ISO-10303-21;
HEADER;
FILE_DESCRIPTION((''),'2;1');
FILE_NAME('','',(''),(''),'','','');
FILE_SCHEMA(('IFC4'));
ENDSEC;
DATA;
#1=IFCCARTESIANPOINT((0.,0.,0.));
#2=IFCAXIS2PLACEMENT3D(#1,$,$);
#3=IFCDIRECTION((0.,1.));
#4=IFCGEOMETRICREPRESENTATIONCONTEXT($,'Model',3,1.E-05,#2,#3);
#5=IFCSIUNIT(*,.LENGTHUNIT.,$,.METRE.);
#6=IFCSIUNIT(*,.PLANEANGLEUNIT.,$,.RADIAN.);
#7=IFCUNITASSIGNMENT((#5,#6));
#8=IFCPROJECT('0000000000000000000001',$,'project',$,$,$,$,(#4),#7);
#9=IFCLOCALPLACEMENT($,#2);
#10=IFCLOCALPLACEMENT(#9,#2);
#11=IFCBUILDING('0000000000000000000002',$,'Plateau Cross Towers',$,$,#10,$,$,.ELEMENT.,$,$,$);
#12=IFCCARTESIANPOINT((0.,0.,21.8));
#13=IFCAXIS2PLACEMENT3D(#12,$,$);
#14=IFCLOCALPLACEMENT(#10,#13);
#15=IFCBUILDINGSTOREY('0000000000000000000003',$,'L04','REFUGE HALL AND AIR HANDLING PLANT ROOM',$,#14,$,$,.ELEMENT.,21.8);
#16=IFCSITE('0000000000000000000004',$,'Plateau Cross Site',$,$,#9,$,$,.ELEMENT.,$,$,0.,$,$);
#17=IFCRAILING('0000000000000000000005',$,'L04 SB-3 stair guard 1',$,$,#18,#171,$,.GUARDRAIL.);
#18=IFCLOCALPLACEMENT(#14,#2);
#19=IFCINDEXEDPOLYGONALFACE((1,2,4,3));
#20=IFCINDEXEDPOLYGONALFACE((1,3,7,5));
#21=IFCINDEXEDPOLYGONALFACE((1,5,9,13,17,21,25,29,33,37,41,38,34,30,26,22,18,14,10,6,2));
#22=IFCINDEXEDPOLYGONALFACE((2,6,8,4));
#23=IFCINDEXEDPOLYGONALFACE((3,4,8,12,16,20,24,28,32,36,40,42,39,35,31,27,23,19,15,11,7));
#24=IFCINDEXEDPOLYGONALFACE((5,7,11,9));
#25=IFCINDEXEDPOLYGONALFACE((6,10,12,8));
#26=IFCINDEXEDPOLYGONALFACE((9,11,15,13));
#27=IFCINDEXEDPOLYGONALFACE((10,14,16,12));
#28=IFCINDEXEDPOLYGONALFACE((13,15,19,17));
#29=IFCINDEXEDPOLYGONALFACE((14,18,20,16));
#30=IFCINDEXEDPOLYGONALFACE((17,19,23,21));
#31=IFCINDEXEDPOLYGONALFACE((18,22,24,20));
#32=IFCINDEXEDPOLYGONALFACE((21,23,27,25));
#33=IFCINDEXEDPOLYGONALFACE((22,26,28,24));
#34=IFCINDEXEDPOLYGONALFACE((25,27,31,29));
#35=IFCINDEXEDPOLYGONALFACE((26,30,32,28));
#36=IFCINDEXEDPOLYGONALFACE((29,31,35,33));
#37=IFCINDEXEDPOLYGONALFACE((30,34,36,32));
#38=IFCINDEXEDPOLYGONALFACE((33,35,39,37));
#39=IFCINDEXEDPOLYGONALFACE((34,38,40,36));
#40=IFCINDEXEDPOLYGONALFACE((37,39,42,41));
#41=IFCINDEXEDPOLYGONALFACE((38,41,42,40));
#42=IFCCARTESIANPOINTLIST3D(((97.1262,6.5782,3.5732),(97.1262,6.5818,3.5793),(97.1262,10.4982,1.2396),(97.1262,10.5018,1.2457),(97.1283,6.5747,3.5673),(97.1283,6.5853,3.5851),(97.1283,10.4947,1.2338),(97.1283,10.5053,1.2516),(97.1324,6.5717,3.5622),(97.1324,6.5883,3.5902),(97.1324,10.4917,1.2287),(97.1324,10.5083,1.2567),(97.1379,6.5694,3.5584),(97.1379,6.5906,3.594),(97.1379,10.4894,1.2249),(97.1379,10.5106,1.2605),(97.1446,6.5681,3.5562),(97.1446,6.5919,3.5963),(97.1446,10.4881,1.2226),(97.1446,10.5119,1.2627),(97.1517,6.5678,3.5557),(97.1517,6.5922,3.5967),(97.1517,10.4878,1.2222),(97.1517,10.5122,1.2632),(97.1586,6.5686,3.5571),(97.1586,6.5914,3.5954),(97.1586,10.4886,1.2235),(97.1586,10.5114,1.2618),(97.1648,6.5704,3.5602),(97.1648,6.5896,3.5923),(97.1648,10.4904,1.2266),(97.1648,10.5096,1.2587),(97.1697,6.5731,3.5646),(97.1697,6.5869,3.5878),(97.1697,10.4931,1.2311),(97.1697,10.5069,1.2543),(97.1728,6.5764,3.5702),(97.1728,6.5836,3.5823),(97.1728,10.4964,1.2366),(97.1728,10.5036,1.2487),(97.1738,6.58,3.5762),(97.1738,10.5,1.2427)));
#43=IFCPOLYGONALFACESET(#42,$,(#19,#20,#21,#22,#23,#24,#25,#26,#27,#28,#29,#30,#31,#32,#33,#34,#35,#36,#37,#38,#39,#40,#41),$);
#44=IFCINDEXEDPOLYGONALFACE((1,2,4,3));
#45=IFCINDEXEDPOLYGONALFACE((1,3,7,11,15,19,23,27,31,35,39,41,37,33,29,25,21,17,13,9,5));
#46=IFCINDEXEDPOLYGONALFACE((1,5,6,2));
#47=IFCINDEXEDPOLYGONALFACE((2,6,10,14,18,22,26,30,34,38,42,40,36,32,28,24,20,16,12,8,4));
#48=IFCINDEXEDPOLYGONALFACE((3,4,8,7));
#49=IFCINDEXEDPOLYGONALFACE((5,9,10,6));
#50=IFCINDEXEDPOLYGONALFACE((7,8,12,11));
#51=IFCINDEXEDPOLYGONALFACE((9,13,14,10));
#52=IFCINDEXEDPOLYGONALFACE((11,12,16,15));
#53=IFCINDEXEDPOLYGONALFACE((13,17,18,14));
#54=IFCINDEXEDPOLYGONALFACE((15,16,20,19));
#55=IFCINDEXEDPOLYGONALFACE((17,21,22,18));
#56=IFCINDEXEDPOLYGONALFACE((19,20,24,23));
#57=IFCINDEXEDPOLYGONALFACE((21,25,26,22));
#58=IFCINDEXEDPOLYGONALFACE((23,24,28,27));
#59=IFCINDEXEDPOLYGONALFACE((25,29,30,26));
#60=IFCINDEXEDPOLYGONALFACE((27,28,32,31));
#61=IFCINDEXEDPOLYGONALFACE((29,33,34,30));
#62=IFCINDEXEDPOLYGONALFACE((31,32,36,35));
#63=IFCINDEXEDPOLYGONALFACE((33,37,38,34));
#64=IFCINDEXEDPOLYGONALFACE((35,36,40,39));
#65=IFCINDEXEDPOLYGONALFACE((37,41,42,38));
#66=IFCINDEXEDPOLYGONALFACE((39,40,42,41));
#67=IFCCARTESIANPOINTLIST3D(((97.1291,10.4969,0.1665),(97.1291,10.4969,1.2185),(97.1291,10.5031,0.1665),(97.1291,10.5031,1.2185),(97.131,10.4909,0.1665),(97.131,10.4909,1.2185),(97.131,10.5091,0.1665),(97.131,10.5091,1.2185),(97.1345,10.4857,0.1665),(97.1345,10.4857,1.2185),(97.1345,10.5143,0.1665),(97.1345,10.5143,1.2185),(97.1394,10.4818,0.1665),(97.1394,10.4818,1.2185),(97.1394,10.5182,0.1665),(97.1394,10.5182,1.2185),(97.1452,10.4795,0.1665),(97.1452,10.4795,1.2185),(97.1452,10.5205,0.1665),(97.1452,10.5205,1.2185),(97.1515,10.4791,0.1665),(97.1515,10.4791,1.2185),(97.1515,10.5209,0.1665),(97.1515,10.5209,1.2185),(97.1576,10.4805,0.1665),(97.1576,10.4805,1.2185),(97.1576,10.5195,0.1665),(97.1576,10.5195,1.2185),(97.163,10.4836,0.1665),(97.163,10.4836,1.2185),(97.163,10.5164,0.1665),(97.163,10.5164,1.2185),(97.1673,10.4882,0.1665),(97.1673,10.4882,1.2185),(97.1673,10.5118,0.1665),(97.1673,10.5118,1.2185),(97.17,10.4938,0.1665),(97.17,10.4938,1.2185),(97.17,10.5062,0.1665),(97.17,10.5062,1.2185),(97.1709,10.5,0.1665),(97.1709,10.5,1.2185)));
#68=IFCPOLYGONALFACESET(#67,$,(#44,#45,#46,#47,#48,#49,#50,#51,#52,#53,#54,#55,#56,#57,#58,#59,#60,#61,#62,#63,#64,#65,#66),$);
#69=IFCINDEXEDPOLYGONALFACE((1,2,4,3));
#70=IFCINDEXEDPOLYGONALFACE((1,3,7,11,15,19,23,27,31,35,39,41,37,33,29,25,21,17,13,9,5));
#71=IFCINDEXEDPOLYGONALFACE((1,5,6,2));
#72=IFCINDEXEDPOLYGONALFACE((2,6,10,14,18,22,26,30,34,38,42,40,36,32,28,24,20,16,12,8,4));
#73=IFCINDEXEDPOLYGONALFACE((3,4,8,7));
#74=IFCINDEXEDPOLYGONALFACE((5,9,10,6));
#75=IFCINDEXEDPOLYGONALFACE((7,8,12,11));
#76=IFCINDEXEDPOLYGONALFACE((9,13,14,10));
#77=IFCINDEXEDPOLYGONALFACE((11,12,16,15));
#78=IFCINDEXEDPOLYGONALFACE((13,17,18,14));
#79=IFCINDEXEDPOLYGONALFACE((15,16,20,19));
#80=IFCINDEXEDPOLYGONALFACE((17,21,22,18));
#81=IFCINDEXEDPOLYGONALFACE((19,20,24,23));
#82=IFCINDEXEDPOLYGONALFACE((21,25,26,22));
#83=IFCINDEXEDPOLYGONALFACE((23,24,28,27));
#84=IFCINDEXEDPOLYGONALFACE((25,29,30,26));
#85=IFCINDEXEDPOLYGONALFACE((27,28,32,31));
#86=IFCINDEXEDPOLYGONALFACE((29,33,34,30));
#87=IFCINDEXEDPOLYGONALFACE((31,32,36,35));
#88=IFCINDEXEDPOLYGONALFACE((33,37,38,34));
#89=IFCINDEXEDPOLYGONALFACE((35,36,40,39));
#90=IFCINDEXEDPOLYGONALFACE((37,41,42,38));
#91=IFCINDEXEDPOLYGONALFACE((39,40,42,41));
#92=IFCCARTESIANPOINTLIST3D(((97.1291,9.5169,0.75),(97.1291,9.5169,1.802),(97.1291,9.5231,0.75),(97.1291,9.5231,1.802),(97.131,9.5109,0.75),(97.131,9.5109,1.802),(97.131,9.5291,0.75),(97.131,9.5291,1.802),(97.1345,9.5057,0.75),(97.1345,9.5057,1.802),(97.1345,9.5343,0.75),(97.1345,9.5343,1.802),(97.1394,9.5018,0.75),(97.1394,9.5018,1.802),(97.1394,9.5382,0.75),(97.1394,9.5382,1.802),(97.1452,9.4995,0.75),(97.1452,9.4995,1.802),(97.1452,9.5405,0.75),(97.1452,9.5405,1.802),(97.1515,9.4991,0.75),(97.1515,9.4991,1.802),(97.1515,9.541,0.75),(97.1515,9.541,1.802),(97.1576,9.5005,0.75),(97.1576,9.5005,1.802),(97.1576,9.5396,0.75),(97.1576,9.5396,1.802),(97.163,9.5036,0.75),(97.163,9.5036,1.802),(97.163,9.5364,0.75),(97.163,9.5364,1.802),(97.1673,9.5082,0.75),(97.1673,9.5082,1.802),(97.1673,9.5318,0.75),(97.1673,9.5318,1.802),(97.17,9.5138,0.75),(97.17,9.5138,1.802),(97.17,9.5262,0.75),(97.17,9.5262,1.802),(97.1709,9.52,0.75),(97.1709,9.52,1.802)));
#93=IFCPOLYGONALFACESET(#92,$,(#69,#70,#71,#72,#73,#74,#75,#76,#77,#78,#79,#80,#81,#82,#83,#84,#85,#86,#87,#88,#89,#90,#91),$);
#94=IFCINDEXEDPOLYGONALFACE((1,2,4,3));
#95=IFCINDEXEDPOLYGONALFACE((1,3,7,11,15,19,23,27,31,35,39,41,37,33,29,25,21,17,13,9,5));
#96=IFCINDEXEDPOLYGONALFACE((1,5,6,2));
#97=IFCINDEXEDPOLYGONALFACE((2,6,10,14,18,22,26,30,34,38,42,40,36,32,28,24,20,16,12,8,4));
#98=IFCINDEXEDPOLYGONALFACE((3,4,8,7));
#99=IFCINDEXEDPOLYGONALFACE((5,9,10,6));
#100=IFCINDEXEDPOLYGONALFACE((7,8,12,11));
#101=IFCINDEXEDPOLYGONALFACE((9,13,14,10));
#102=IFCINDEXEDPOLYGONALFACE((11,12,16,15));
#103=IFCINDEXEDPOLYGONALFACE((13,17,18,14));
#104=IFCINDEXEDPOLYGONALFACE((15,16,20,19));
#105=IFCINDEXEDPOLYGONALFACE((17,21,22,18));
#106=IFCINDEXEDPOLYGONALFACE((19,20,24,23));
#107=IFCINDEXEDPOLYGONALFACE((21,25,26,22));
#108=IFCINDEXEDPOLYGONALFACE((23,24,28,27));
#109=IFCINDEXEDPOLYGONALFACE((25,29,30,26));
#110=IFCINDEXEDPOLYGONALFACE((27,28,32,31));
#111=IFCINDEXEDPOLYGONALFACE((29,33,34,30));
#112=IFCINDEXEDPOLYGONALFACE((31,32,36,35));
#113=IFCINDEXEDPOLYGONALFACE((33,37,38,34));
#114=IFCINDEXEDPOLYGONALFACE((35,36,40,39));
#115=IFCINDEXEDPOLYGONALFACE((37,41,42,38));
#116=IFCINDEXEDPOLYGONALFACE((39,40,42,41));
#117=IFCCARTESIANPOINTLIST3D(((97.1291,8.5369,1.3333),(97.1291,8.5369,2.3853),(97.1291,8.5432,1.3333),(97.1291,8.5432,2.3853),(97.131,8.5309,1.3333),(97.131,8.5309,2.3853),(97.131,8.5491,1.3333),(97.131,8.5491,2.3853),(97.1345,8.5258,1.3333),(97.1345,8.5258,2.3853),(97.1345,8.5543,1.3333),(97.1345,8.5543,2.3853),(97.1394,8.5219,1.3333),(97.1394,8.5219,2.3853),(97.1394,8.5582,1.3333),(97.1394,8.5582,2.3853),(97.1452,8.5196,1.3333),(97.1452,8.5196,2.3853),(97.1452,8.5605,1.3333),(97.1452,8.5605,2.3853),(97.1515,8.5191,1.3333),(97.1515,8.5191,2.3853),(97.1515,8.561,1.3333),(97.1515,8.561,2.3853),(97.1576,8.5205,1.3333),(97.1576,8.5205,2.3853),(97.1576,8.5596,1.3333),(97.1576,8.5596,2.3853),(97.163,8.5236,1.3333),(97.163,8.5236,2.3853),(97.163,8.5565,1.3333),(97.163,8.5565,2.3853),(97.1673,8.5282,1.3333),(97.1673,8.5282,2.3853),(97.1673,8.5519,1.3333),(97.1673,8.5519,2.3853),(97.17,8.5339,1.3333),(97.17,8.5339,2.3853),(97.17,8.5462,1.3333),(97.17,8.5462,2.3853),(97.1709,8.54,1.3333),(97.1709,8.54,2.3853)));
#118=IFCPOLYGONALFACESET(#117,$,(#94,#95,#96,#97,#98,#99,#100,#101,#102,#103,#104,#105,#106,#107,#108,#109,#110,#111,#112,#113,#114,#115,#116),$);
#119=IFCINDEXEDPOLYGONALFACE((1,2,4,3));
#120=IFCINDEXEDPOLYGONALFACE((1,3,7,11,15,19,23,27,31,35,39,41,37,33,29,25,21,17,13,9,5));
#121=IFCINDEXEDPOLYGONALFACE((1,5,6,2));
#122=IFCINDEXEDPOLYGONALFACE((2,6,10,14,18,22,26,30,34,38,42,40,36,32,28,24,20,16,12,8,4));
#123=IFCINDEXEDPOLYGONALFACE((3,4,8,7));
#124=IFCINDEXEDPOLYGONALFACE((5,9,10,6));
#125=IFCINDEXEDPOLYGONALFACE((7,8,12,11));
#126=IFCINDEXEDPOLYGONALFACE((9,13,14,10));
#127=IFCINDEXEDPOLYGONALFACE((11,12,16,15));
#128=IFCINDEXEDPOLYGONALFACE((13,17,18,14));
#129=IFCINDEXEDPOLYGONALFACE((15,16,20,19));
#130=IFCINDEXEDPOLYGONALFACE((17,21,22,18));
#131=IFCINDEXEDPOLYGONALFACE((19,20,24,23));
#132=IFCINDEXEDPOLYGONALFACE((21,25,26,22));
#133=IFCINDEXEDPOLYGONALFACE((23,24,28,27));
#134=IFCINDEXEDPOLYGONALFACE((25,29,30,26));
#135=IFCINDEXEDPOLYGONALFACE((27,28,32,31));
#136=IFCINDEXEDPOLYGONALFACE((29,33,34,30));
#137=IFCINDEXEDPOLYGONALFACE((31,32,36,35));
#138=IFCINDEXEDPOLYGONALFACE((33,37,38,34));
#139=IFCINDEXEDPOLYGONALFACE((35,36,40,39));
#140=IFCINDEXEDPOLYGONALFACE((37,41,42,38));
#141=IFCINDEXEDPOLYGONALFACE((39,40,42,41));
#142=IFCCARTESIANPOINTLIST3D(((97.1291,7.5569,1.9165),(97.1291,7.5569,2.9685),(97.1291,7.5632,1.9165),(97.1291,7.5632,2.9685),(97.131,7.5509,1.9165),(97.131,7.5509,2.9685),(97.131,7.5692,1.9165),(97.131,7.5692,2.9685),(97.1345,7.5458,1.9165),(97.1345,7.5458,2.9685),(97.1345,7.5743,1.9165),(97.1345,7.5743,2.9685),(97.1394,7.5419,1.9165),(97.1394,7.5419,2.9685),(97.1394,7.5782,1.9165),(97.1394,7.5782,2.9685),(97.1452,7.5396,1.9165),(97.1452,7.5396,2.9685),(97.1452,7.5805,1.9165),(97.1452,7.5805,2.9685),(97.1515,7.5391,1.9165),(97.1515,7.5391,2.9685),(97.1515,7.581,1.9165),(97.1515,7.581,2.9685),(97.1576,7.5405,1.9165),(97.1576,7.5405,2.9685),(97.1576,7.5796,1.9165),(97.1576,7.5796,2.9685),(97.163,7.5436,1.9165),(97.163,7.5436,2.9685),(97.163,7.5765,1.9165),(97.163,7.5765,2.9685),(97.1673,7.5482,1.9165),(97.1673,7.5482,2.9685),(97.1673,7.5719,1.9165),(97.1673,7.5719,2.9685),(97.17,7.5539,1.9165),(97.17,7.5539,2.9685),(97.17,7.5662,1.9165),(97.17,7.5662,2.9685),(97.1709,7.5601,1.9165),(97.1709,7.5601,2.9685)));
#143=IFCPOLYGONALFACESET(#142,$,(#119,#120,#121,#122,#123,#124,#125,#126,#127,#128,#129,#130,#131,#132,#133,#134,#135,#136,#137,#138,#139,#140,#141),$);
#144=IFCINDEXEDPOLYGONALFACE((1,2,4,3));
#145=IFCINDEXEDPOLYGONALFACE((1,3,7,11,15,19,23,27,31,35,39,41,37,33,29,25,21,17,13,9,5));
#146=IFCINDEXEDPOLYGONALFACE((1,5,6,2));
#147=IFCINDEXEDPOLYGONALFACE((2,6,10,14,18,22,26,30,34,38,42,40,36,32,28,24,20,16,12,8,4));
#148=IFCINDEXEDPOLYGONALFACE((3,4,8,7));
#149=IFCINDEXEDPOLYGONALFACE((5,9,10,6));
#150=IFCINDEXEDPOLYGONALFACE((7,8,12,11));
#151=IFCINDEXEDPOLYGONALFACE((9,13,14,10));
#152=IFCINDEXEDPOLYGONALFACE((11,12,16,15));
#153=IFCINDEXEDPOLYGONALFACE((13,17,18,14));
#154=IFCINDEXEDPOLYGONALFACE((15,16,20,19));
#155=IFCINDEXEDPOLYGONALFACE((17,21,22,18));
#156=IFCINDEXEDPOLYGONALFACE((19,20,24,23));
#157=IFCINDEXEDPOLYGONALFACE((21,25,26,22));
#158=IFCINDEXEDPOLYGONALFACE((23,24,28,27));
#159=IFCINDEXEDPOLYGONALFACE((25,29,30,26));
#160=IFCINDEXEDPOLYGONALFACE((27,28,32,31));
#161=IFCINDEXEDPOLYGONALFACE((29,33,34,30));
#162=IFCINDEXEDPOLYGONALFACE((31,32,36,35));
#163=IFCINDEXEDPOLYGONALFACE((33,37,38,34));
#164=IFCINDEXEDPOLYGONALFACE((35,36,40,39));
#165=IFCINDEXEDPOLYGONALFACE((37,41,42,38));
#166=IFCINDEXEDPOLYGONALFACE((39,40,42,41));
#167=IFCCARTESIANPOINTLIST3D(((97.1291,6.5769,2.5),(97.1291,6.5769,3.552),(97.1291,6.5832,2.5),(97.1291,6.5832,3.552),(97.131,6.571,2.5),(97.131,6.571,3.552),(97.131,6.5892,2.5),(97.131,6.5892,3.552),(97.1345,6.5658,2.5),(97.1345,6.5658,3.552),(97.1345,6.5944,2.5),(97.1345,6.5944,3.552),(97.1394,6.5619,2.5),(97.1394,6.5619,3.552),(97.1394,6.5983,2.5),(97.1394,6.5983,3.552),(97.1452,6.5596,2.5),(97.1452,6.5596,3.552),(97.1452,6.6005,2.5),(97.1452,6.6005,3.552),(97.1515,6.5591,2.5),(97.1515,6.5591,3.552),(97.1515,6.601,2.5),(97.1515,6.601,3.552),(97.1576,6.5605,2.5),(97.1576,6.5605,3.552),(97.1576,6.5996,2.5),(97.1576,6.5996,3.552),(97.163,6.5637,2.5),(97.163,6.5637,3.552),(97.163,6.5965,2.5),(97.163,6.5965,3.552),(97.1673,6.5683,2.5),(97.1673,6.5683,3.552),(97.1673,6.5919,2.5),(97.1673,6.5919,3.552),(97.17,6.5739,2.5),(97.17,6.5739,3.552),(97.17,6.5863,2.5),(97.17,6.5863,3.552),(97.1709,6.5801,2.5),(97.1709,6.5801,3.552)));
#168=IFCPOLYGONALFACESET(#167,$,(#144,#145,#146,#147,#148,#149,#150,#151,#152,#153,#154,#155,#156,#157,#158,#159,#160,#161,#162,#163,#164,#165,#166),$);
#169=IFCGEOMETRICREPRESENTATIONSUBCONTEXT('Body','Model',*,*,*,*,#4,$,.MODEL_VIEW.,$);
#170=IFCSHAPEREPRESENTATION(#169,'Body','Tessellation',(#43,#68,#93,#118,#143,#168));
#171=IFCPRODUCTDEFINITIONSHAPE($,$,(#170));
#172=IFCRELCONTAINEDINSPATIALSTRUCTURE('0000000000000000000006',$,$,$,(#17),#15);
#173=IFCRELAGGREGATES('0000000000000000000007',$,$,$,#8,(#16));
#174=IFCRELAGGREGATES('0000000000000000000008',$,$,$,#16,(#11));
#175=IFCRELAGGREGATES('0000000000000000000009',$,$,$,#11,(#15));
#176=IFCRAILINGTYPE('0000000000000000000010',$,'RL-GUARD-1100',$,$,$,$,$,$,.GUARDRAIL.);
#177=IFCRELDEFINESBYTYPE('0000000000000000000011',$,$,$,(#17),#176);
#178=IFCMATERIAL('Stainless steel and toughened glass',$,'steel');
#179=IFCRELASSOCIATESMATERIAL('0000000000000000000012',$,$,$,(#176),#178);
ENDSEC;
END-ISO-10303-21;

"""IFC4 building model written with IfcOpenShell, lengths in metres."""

from ifc_helpers import new_model, si_unit, direction, frame, origin, origin_2d, place, context, subcontext, project, spatial, circle, extrude, material, type_object, element, save


model = new_model("IFC4")

# Units and contexts
model_context = context("Model", 3, precision=1e-05, world=origin(), true_north=direction((0.0, 1.0)))
body_context = subcontext(model_context, "Body", "Model", "MODEL_VIEW")
ifc_project = project(units=[si_unit("LENGTHUNIT", "METRE"), si_unit("PLANEANGLEUNIT", "RADIAN")], contexts=[model_context])

# Site, building, storey
site_placement = place(None, origin())
site = spatial("IfcSite", under=ifc_project, at=site_placement, Name="Plateau Cross Site", CompositionType="ELEMENT", RefElevation=0.0)
building_placement = place(site_placement, origin())
building = spatial("IfcBuilding", under=site, at=building_placement, Name="Plateau Cross Towers", CompositionType="ELEMENT")
storey_placement = place(building_placement, frame((0.0, 0.0, 21.8)))
storey = spatial("IfcBuildingStorey", under=building, at=storey_placement, Name="L04", Description="REFUGE HALL AND AIR HANDLING PLANT ROOM", CompositionType="ELEMENT", Elevation=21.8)

# Railing
ifc_material_1 = material(Name="Stainless steel and toughened glass", Category="steel")
railing_type_1 = type_object("IfcRailingType", Name="RL-GUARD-1100", PredefinedType="GUARDRAIL", material=ifc_material_1)
railing_1_placement = place(storey_placement, frame((97.1499, 10.5, 0.1665)))
element("IfcRailing", 1, at=railing_1_placement, inside=storey, type_object=railing_type_1, Name="L04 SB-3 stair guard 1", PredefinedType="GUARDRAIL", context=body_context, shape_type="SweptSolid", body=[
    extrude(circle(Radius=0.0239, at=origin_2d()), frame((0.0, 0.0, 1.0762), z_axis=(0.0, -0.859273, 0.511518), x_axis=(1.0, 0.0, 0.0)), (0.0, 0.0, 1.0), 4.562),
    extrude(circle(Radius=0.021, at=origin_2d()), origin(), (0.0, 0.0, 1.0), 1.052),
    extrude(circle(Radius=0.021, at=origin_2d()), frame((0.0, -0.98, 0.5835)), (0.0, 0.0, 1.0), 1.052),
    extrude(circle(Radius=0.021, at=origin_2d()), frame((0.0, -1.96, 1.1667)), (0.0, 0.0, 1.0), 1.052),
    extrude(circle(Radius=0.021, at=origin_2d()), frame((0.0, -2.9399, 1.75)), (0.0, 0.0, 1.0), 1.052),
    extrude(circle(Radius=0.021, at=origin_2d()), frame((0.0, -3.9199, 2.3335)), (0.0, 0.0, 1.0), 1.052),
])

save(model, "model.ifc")
